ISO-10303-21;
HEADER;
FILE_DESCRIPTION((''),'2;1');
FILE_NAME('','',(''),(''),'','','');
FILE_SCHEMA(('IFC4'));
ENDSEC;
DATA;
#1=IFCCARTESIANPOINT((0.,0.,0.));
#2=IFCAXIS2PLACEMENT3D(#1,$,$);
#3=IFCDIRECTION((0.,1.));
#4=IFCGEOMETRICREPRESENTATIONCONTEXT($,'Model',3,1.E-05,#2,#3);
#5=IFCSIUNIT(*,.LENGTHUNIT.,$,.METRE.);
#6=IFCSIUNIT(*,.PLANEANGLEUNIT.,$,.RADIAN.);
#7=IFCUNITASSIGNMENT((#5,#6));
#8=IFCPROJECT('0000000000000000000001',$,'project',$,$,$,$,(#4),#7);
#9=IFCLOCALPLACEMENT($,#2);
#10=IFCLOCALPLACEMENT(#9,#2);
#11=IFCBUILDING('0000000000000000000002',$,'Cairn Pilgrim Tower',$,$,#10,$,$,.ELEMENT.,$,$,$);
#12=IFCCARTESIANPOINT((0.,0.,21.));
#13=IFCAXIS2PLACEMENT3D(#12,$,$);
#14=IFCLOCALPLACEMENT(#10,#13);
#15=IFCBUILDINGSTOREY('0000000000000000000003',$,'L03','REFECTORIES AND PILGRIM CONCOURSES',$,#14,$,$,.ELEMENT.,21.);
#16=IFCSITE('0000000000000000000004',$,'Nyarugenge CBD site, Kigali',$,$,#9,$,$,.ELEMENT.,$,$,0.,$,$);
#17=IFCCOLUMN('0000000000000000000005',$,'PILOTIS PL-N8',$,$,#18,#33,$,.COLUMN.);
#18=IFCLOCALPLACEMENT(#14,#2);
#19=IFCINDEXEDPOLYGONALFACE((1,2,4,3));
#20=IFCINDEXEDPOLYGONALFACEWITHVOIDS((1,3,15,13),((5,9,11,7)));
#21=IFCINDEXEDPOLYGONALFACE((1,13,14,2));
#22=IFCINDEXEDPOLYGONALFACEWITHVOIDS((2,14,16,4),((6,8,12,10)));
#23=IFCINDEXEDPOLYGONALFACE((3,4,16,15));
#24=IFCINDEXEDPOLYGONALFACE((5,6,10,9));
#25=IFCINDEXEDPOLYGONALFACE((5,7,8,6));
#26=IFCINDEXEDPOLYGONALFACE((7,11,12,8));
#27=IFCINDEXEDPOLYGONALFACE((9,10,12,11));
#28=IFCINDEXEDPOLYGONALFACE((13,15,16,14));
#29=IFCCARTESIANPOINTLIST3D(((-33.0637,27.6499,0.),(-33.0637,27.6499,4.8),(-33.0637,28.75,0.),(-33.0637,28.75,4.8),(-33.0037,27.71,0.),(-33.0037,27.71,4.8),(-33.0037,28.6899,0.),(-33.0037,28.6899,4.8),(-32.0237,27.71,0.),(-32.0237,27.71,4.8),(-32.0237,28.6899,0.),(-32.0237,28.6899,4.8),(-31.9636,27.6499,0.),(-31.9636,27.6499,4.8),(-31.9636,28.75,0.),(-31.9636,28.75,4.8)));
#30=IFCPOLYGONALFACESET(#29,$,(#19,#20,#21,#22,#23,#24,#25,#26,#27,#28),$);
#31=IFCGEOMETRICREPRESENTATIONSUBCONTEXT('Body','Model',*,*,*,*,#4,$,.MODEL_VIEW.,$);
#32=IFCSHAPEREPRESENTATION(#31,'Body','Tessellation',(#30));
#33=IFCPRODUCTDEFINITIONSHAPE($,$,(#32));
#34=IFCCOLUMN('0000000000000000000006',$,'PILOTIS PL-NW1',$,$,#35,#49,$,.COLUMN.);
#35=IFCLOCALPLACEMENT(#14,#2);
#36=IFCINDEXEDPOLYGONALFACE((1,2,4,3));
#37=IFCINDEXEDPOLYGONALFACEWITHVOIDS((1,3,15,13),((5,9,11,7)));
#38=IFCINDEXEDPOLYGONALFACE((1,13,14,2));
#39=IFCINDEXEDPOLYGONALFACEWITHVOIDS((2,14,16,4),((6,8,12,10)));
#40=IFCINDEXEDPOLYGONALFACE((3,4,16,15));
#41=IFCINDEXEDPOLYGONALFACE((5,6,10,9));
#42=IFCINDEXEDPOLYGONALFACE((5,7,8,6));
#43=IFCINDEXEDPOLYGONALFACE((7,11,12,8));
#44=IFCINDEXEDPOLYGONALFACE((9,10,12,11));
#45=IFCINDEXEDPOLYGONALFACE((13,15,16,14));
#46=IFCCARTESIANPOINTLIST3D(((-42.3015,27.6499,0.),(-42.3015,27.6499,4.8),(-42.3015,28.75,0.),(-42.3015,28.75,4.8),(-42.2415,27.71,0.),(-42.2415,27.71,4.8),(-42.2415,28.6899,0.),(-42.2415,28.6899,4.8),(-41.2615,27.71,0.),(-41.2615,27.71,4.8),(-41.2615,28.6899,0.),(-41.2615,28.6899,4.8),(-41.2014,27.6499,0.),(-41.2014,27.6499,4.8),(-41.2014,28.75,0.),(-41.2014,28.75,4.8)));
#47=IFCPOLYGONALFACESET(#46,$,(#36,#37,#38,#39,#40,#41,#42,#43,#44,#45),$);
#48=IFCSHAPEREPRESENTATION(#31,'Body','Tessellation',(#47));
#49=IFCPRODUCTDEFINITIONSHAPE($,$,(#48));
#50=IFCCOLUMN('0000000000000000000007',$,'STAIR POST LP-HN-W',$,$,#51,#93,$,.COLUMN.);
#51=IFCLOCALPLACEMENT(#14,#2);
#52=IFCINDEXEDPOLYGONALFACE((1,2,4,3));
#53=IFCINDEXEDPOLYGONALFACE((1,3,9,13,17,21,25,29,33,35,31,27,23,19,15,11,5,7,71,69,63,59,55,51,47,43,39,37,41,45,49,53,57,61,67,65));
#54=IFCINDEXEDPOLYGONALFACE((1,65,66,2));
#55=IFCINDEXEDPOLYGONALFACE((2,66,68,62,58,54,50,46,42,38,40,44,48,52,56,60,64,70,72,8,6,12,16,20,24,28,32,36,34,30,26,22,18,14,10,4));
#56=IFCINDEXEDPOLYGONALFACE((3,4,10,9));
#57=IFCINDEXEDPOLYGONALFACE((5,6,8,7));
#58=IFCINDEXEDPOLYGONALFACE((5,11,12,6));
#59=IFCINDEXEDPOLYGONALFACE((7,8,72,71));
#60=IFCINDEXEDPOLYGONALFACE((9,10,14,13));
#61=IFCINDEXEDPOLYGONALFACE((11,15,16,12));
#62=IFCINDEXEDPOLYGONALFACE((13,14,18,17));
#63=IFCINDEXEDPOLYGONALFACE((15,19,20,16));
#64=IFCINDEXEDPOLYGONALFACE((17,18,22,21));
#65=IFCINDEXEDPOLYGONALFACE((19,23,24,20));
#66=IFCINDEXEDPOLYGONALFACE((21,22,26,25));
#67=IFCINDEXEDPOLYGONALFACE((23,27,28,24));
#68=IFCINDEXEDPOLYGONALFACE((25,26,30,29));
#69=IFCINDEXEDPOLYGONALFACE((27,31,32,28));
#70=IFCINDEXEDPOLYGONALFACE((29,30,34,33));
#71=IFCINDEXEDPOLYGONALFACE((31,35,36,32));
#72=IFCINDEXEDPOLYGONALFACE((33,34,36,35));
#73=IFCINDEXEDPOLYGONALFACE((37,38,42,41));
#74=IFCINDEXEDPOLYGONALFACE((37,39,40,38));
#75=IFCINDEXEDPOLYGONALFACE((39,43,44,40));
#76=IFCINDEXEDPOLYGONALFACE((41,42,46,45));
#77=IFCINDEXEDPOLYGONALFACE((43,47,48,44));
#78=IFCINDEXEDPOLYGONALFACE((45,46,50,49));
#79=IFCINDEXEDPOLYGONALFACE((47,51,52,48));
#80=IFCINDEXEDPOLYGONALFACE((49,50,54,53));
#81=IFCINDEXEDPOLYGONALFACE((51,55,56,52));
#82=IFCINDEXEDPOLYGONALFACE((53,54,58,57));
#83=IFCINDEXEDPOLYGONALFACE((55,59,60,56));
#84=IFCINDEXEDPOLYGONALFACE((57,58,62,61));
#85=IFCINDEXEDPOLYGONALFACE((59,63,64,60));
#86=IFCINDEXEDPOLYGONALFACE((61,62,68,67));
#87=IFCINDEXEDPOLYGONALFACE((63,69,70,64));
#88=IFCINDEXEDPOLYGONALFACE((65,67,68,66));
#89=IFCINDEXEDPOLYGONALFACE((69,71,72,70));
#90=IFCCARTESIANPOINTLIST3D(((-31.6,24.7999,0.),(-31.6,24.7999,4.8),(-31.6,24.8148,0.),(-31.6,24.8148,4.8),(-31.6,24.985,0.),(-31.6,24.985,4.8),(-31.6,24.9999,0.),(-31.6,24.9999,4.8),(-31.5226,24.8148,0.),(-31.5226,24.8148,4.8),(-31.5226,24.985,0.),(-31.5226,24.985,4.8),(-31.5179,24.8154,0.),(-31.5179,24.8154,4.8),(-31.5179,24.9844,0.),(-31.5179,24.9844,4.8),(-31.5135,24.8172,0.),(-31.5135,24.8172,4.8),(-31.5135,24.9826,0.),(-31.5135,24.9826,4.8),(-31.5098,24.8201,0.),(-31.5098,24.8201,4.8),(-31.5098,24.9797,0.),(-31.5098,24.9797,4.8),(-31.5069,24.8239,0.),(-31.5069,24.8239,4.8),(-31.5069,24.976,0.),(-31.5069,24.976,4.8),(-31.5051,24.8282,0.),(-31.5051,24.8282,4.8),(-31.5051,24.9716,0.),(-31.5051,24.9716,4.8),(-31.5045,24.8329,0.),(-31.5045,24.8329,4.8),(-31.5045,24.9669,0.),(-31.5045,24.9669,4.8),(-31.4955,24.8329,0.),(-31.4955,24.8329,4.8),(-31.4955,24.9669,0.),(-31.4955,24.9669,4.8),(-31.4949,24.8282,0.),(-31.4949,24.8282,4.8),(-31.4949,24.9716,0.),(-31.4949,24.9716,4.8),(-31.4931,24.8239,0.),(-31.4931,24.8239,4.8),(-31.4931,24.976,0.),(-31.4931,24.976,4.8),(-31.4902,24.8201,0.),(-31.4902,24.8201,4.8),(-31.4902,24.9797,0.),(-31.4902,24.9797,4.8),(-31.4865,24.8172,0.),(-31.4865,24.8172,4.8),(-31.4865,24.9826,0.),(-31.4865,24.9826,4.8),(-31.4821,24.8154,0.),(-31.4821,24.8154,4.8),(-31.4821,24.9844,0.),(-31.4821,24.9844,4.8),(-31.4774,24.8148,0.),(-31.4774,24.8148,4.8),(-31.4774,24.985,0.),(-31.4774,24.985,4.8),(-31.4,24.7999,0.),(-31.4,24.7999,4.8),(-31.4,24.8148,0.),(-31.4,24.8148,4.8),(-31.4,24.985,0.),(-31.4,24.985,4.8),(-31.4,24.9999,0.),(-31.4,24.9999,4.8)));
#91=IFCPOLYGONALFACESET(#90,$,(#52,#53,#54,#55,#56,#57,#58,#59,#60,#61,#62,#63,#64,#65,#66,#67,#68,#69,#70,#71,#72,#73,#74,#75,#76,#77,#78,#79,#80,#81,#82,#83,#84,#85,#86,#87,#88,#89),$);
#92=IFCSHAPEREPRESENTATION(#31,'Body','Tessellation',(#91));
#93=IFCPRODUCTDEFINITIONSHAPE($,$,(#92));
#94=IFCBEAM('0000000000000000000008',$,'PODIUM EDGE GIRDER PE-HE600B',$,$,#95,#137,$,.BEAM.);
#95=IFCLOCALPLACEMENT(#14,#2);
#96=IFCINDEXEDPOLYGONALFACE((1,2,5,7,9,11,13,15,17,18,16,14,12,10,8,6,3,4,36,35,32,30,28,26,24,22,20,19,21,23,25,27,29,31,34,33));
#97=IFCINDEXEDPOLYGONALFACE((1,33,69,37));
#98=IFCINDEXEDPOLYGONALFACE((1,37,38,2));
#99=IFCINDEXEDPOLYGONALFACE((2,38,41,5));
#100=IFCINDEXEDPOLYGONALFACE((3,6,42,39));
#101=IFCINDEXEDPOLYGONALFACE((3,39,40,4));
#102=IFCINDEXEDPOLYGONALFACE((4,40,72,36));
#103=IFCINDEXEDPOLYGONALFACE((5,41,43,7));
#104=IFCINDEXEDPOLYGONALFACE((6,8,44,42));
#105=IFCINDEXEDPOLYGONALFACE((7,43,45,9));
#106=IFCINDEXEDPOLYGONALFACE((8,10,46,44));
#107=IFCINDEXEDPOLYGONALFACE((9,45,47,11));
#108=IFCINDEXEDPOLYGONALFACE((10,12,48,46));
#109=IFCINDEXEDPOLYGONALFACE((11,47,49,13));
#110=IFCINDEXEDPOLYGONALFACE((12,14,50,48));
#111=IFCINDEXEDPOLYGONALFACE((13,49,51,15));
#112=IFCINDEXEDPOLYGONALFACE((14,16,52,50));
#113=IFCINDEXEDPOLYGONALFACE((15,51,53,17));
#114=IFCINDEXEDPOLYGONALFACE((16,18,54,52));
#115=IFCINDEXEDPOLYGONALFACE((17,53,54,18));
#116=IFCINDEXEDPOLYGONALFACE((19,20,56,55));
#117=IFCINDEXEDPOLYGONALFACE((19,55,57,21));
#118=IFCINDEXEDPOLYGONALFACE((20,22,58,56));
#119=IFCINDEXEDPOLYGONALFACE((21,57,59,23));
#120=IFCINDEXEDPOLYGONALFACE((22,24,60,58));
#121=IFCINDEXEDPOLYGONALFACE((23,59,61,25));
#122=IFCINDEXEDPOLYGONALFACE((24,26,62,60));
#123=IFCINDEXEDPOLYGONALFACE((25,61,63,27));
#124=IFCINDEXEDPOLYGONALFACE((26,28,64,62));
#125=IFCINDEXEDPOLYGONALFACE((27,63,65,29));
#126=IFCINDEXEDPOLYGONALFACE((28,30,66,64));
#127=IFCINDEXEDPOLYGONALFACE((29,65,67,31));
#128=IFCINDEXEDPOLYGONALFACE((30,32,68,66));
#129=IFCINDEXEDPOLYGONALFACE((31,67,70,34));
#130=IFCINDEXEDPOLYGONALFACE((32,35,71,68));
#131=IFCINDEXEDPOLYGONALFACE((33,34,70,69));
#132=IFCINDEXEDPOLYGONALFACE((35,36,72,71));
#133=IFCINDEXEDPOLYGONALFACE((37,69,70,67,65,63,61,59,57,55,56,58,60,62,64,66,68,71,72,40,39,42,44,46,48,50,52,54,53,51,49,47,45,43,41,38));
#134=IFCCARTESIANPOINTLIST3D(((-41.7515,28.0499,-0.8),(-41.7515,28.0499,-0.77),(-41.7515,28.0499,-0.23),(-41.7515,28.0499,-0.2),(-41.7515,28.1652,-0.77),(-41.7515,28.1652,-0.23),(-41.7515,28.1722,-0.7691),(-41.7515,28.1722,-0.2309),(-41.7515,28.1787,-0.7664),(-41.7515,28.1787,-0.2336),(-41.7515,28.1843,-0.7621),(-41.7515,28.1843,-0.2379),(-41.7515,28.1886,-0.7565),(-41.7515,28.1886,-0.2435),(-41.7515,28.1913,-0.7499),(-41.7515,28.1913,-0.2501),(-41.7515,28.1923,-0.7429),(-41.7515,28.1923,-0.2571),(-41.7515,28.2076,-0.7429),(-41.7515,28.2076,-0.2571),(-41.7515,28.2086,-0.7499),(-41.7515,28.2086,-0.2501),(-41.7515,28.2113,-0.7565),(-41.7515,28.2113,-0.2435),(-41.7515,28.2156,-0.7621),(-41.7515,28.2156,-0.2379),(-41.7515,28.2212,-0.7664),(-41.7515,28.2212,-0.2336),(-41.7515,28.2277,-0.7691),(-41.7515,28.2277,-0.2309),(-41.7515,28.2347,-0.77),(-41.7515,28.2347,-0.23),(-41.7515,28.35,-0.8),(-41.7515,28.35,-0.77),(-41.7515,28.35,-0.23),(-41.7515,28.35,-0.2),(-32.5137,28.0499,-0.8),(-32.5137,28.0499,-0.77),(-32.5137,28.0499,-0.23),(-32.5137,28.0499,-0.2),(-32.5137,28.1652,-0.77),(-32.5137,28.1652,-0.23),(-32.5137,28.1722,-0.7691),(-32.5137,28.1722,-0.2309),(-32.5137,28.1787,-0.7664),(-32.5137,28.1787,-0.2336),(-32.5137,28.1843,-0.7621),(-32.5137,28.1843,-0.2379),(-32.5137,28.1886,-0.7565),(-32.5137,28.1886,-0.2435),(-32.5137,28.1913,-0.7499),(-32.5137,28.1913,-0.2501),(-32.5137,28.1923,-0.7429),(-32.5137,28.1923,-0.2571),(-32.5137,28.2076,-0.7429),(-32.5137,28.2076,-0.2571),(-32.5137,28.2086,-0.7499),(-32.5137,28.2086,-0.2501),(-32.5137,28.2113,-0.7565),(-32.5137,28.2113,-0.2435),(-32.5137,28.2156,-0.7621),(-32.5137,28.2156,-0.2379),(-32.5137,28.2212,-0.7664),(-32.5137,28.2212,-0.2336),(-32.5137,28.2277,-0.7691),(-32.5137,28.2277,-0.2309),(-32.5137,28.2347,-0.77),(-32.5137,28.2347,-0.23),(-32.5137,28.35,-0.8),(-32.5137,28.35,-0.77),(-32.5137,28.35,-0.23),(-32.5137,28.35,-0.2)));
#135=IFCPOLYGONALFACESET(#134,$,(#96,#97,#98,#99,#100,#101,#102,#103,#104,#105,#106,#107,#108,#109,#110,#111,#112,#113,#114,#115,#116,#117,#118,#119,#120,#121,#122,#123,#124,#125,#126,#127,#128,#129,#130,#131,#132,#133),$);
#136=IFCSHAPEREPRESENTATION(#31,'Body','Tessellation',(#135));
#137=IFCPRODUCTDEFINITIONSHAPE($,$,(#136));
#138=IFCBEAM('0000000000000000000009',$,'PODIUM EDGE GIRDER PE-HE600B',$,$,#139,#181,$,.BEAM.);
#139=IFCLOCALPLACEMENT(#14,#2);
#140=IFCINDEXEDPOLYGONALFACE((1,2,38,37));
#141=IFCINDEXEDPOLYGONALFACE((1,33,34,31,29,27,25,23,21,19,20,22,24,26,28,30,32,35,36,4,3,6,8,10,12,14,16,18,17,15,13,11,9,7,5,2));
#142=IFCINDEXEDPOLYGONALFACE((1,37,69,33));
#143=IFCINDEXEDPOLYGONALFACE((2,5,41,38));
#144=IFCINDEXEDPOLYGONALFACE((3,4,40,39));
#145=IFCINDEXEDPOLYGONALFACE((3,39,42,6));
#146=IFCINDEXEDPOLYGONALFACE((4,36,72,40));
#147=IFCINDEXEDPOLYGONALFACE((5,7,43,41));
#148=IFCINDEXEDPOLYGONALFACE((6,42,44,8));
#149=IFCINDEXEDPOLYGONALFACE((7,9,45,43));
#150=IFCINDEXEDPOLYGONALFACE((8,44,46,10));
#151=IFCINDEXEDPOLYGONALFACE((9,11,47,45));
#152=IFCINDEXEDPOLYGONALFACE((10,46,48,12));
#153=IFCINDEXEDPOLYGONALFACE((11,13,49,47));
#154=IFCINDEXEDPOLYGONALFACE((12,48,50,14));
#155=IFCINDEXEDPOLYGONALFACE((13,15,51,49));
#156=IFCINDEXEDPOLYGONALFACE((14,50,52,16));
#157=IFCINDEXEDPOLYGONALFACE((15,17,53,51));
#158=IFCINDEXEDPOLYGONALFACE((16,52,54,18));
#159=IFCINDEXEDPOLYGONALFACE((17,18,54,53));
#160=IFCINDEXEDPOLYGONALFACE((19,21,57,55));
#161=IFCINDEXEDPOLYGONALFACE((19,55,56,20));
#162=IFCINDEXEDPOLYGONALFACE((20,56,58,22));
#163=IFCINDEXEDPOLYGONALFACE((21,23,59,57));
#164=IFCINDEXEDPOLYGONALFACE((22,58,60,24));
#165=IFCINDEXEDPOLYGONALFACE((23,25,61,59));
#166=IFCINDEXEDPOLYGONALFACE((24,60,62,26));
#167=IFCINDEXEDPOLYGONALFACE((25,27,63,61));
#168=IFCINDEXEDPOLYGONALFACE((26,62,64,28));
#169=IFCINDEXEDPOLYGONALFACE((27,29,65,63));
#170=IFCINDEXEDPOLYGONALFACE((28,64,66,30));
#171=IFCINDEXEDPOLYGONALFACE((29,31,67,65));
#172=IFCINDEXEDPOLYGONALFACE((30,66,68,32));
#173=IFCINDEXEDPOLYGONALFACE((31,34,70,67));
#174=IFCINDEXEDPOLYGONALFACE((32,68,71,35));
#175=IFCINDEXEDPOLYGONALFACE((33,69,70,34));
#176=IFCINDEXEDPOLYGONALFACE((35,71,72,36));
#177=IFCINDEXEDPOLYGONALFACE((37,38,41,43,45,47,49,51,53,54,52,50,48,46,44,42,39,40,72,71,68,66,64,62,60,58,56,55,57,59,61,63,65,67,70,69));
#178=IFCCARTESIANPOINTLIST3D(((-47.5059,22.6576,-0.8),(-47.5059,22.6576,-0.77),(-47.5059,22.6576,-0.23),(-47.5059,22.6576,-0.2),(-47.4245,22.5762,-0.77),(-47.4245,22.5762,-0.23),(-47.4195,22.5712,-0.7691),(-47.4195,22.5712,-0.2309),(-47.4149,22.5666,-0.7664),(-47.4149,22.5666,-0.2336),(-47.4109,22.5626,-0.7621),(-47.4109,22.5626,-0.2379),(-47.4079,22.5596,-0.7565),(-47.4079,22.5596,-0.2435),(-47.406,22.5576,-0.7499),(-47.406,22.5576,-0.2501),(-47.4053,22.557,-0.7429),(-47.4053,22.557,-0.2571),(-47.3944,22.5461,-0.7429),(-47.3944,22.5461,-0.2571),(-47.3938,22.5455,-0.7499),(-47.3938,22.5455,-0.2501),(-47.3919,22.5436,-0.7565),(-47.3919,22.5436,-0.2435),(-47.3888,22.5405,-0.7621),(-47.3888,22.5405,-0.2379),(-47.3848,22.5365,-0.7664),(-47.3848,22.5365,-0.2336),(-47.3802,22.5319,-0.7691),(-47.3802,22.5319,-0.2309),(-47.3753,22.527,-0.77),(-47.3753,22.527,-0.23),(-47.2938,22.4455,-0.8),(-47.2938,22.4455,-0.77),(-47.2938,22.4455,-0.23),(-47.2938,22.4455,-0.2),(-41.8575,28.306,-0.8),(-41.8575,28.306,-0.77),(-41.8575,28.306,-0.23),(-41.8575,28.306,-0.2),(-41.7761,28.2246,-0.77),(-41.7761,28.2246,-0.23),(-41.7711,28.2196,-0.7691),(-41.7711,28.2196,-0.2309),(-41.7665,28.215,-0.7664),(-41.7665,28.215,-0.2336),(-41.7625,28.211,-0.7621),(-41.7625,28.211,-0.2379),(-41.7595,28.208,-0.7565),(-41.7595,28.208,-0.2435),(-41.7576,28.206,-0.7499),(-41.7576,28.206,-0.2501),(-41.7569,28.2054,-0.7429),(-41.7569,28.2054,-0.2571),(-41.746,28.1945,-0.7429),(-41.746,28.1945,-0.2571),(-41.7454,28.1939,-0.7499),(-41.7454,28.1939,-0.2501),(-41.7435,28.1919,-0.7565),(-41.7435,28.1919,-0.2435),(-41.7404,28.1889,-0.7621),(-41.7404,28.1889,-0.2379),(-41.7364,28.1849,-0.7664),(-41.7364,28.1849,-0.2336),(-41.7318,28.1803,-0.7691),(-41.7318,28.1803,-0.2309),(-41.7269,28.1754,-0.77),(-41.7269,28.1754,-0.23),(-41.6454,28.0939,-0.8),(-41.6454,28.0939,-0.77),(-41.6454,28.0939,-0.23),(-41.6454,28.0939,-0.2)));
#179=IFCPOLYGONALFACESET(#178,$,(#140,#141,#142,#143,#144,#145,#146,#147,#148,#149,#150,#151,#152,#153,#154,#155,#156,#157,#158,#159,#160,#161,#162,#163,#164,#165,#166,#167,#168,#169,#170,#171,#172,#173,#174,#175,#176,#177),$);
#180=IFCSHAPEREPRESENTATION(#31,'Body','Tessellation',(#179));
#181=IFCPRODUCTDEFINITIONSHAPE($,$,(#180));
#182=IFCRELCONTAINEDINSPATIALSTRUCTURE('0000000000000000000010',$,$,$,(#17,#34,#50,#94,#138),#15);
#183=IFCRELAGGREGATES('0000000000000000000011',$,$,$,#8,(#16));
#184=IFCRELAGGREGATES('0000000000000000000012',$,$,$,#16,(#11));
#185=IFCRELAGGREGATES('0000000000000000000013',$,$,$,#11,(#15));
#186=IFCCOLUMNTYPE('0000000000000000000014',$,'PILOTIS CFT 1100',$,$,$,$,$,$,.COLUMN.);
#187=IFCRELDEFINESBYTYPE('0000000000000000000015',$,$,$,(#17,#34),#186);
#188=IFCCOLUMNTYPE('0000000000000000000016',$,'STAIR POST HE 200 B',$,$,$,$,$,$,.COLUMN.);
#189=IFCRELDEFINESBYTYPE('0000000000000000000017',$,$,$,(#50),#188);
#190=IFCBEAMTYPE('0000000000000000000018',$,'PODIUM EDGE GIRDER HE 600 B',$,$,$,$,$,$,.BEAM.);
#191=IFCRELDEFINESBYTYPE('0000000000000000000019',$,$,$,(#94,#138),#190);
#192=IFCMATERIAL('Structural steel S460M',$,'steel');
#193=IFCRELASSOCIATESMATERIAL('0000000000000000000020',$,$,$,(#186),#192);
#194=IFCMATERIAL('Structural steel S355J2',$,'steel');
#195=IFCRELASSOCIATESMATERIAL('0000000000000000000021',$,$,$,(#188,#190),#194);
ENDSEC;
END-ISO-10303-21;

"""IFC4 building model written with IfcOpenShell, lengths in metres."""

from ifc_helpers import new_model, si_unit, direction, frame, origin, origin_2d, place, context, subcontext, project, spatial, hollow_rectangle, i_section, extrude, material, material_profile, profile_set, type_object, element, save


model = new_model("IFC4")

# Units and contexts
model_context = context("Model", 3, precision=1e-05, world=origin(), true_north=direction((0.0, 1.0)))
body_context = subcontext(model_context, "Body", "Model", "MODEL_VIEW")
ifc_project = project(units=[si_unit("LENGTHUNIT", "METRE"), si_unit("PLANEANGLEUNIT", "RADIAN")], contexts=[model_context])

# Site, building, storey
site_placement = place(None, origin())
site = spatial("IfcSite", under=ifc_project, at=site_placement, Name="Nyarugenge CBD site, Kigali", CompositionType="ELEMENT", RefElevation=0.0)
building_placement = place(site_placement, origin())
building = spatial("IfcBuilding", under=site, at=building_placement, Name="Cairn Pilgrim Tower", CompositionType="ELEMENT")
storey_placement = place(building_placement, frame((0.0, 0.0, 21.0)))
storey = spatial("IfcBuildingStorey", under=building, at=storey_placement, Name="L03", Description="REFECTORIES AND PILGRIM CONCOURSES", CompositionType="ELEMENT", Elevation=21.0)

# Columns
ifc_material_1 = material(Name="Structural steel S460M", Category="steel")
ifc_material_profile_1 = material_profile(ifc_material_1, hollow_rectangle(XDim=1.1001, YDim=1.1001, WallThickness=0.0601, at=origin_2d()), Name="BOX 1100x1100x60")
ifc_profile_set_1 = profile_set([ifc_material_profile_1], Name="Structural steel S460M")
column_type_1 = type_object("IfcColumnType", Name="PILOTIS CFT 1100", PredefinedType="COLUMN", material=ifc_profile_set_1)
for number, where, z_axis, x_axis, name in (
    (1, (-32.5137, 28.2, 0.0), (0.0, 0.0, 1.0), (1.0, 0.0, 0.0), "PILOTIS PL-N8"),
    (2, (-41.7515, 28.2, 0.0), (0.0, 0.0, 1.0), (1.0, 0.0, 0.0), "PILOTIS PL-NW1"),
):
    element("IfcColumn", number, at=place(storey_placement, frame(where, z_axis=z_axis, x_axis=x_axis)), inside=storey, type_object=column_type_1, Name=name, PredefinedType="COLUMN", context=body_context, shape_type="SweptSolid", body=[
        extrude(hollow_rectangle(XDim=1.1001, YDim=1.1001, WallThickness=0.0601, at=origin_2d()), origin(), (0.0, 0.0, 1.0), 4.8),
    ])
ifc_material_2 = material(Name="Structural steel S355J2", Category="steel")
ifc_material_profile_2 = material_profile(ifc_material_2, i_section(OverallWidth=0.2, OverallDepth=0.2, WebThickness=0.009, FlangeThickness=0.0149, FilletRadius=0.0181, at=origin_2d()), Name="HE 200 B")
ifc_profile_set_2 = profile_set([ifc_material_profile_2], Name="Structural steel S355J2")
column_type_2 = type_object("IfcColumnType", Name="STAIR POST HE 200 B", PredefinedType="COLUMN", material=ifc_profile_set_2)
column_placement = place(storey_placement, frame((-31.5, 24.8999, 0.0), z_axis=(0.0, 0.0, 1.0), x_axis=(1.0, 0.0, 0.0)))
element("IfcColumn", 3, at=column_placement, inside=storey, type_object=column_type_2, Name="STAIR POST LP-HN-W", PredefinedType="COLUMN", context=body_context, shape_type="SweptSolid", body=[
    extrude(i_section(OverallWidth=0.2, OverallDepth=0.2, WebThickness=0.009, FlangeThickness=0.0149, FilletRadius=0.0181, at=origin_2d()), origin(), (0.0, 0.0, 1.0), 4.8),
])

# Beams
ifc_material_profile_3 = material_profile(ifc_material_2, i_section(OverallWidth=0.3, OverallDepth=0.6001, WebThickness=0.0154, FlangeThickness=0.03, FilletRadius=0.0271, at=origin_2d()), Name="HEB 600")
ifc_profile_set_3 = profile_set([ifc_material_profile_3], Name="Structural steel S355J2")
beam_type_1 = type_object("IfcBeamType", Name="PODIUM EDGE GIRDER HE 600 B", PredefinedType="BEAM", material=ifc_profile_set_3)
beam_1_placement = place(storey_placement, frame((-32.5137, 28.2, -0.5), z_axis=(-1.0, 0.0, 0.0), x_axis=(0.0, -1.0, 0.0)))
element("IfcBeam", 4, at=beam_1_placement, inside=storey, type_object=beam_type_1, Name="PODIUM EDGE GIRDER PE-HE600B", PredefinedType="BEAM", context=body_context, shape_type="SweptSolid", body=[
    extrude(i_section(OverallWidth=0.3, OverallDepth=0.6001, WebThickness=0.0154, FlangeThickness=0.03, FilletRadius=0.0271, at=origin_2d()), origin(), (0.0, 0.0, 1.0), 9.2378),
])
beam_2_placement = place(storey_placement, frame((-41.7515, 28.2, -0.5), z_axis=(-0.707107, -0.707107, 0.0), x_axis=(0.707107, -0.707107, 0.0)))
element("IfcBeam", 5, at=beam_2_placement, inside=storey, type_object=beam_type_1, Name="PODIUM EDGE GIRDER PE-HE600B", PredefinedType="BEAM", context=body_context, shape_type="SweptSolid", body=[
    extrude(i_section(OverallWidth=0.3, OverallDepth=0.6001, WebThickness=0.0154, FlangeThickness=0.03, FilletRadius=0.0271, at=origin_2d()), origin(), (0.0, 0.0, 1.0), 7.988),
])

save(model, "model.ifc")
